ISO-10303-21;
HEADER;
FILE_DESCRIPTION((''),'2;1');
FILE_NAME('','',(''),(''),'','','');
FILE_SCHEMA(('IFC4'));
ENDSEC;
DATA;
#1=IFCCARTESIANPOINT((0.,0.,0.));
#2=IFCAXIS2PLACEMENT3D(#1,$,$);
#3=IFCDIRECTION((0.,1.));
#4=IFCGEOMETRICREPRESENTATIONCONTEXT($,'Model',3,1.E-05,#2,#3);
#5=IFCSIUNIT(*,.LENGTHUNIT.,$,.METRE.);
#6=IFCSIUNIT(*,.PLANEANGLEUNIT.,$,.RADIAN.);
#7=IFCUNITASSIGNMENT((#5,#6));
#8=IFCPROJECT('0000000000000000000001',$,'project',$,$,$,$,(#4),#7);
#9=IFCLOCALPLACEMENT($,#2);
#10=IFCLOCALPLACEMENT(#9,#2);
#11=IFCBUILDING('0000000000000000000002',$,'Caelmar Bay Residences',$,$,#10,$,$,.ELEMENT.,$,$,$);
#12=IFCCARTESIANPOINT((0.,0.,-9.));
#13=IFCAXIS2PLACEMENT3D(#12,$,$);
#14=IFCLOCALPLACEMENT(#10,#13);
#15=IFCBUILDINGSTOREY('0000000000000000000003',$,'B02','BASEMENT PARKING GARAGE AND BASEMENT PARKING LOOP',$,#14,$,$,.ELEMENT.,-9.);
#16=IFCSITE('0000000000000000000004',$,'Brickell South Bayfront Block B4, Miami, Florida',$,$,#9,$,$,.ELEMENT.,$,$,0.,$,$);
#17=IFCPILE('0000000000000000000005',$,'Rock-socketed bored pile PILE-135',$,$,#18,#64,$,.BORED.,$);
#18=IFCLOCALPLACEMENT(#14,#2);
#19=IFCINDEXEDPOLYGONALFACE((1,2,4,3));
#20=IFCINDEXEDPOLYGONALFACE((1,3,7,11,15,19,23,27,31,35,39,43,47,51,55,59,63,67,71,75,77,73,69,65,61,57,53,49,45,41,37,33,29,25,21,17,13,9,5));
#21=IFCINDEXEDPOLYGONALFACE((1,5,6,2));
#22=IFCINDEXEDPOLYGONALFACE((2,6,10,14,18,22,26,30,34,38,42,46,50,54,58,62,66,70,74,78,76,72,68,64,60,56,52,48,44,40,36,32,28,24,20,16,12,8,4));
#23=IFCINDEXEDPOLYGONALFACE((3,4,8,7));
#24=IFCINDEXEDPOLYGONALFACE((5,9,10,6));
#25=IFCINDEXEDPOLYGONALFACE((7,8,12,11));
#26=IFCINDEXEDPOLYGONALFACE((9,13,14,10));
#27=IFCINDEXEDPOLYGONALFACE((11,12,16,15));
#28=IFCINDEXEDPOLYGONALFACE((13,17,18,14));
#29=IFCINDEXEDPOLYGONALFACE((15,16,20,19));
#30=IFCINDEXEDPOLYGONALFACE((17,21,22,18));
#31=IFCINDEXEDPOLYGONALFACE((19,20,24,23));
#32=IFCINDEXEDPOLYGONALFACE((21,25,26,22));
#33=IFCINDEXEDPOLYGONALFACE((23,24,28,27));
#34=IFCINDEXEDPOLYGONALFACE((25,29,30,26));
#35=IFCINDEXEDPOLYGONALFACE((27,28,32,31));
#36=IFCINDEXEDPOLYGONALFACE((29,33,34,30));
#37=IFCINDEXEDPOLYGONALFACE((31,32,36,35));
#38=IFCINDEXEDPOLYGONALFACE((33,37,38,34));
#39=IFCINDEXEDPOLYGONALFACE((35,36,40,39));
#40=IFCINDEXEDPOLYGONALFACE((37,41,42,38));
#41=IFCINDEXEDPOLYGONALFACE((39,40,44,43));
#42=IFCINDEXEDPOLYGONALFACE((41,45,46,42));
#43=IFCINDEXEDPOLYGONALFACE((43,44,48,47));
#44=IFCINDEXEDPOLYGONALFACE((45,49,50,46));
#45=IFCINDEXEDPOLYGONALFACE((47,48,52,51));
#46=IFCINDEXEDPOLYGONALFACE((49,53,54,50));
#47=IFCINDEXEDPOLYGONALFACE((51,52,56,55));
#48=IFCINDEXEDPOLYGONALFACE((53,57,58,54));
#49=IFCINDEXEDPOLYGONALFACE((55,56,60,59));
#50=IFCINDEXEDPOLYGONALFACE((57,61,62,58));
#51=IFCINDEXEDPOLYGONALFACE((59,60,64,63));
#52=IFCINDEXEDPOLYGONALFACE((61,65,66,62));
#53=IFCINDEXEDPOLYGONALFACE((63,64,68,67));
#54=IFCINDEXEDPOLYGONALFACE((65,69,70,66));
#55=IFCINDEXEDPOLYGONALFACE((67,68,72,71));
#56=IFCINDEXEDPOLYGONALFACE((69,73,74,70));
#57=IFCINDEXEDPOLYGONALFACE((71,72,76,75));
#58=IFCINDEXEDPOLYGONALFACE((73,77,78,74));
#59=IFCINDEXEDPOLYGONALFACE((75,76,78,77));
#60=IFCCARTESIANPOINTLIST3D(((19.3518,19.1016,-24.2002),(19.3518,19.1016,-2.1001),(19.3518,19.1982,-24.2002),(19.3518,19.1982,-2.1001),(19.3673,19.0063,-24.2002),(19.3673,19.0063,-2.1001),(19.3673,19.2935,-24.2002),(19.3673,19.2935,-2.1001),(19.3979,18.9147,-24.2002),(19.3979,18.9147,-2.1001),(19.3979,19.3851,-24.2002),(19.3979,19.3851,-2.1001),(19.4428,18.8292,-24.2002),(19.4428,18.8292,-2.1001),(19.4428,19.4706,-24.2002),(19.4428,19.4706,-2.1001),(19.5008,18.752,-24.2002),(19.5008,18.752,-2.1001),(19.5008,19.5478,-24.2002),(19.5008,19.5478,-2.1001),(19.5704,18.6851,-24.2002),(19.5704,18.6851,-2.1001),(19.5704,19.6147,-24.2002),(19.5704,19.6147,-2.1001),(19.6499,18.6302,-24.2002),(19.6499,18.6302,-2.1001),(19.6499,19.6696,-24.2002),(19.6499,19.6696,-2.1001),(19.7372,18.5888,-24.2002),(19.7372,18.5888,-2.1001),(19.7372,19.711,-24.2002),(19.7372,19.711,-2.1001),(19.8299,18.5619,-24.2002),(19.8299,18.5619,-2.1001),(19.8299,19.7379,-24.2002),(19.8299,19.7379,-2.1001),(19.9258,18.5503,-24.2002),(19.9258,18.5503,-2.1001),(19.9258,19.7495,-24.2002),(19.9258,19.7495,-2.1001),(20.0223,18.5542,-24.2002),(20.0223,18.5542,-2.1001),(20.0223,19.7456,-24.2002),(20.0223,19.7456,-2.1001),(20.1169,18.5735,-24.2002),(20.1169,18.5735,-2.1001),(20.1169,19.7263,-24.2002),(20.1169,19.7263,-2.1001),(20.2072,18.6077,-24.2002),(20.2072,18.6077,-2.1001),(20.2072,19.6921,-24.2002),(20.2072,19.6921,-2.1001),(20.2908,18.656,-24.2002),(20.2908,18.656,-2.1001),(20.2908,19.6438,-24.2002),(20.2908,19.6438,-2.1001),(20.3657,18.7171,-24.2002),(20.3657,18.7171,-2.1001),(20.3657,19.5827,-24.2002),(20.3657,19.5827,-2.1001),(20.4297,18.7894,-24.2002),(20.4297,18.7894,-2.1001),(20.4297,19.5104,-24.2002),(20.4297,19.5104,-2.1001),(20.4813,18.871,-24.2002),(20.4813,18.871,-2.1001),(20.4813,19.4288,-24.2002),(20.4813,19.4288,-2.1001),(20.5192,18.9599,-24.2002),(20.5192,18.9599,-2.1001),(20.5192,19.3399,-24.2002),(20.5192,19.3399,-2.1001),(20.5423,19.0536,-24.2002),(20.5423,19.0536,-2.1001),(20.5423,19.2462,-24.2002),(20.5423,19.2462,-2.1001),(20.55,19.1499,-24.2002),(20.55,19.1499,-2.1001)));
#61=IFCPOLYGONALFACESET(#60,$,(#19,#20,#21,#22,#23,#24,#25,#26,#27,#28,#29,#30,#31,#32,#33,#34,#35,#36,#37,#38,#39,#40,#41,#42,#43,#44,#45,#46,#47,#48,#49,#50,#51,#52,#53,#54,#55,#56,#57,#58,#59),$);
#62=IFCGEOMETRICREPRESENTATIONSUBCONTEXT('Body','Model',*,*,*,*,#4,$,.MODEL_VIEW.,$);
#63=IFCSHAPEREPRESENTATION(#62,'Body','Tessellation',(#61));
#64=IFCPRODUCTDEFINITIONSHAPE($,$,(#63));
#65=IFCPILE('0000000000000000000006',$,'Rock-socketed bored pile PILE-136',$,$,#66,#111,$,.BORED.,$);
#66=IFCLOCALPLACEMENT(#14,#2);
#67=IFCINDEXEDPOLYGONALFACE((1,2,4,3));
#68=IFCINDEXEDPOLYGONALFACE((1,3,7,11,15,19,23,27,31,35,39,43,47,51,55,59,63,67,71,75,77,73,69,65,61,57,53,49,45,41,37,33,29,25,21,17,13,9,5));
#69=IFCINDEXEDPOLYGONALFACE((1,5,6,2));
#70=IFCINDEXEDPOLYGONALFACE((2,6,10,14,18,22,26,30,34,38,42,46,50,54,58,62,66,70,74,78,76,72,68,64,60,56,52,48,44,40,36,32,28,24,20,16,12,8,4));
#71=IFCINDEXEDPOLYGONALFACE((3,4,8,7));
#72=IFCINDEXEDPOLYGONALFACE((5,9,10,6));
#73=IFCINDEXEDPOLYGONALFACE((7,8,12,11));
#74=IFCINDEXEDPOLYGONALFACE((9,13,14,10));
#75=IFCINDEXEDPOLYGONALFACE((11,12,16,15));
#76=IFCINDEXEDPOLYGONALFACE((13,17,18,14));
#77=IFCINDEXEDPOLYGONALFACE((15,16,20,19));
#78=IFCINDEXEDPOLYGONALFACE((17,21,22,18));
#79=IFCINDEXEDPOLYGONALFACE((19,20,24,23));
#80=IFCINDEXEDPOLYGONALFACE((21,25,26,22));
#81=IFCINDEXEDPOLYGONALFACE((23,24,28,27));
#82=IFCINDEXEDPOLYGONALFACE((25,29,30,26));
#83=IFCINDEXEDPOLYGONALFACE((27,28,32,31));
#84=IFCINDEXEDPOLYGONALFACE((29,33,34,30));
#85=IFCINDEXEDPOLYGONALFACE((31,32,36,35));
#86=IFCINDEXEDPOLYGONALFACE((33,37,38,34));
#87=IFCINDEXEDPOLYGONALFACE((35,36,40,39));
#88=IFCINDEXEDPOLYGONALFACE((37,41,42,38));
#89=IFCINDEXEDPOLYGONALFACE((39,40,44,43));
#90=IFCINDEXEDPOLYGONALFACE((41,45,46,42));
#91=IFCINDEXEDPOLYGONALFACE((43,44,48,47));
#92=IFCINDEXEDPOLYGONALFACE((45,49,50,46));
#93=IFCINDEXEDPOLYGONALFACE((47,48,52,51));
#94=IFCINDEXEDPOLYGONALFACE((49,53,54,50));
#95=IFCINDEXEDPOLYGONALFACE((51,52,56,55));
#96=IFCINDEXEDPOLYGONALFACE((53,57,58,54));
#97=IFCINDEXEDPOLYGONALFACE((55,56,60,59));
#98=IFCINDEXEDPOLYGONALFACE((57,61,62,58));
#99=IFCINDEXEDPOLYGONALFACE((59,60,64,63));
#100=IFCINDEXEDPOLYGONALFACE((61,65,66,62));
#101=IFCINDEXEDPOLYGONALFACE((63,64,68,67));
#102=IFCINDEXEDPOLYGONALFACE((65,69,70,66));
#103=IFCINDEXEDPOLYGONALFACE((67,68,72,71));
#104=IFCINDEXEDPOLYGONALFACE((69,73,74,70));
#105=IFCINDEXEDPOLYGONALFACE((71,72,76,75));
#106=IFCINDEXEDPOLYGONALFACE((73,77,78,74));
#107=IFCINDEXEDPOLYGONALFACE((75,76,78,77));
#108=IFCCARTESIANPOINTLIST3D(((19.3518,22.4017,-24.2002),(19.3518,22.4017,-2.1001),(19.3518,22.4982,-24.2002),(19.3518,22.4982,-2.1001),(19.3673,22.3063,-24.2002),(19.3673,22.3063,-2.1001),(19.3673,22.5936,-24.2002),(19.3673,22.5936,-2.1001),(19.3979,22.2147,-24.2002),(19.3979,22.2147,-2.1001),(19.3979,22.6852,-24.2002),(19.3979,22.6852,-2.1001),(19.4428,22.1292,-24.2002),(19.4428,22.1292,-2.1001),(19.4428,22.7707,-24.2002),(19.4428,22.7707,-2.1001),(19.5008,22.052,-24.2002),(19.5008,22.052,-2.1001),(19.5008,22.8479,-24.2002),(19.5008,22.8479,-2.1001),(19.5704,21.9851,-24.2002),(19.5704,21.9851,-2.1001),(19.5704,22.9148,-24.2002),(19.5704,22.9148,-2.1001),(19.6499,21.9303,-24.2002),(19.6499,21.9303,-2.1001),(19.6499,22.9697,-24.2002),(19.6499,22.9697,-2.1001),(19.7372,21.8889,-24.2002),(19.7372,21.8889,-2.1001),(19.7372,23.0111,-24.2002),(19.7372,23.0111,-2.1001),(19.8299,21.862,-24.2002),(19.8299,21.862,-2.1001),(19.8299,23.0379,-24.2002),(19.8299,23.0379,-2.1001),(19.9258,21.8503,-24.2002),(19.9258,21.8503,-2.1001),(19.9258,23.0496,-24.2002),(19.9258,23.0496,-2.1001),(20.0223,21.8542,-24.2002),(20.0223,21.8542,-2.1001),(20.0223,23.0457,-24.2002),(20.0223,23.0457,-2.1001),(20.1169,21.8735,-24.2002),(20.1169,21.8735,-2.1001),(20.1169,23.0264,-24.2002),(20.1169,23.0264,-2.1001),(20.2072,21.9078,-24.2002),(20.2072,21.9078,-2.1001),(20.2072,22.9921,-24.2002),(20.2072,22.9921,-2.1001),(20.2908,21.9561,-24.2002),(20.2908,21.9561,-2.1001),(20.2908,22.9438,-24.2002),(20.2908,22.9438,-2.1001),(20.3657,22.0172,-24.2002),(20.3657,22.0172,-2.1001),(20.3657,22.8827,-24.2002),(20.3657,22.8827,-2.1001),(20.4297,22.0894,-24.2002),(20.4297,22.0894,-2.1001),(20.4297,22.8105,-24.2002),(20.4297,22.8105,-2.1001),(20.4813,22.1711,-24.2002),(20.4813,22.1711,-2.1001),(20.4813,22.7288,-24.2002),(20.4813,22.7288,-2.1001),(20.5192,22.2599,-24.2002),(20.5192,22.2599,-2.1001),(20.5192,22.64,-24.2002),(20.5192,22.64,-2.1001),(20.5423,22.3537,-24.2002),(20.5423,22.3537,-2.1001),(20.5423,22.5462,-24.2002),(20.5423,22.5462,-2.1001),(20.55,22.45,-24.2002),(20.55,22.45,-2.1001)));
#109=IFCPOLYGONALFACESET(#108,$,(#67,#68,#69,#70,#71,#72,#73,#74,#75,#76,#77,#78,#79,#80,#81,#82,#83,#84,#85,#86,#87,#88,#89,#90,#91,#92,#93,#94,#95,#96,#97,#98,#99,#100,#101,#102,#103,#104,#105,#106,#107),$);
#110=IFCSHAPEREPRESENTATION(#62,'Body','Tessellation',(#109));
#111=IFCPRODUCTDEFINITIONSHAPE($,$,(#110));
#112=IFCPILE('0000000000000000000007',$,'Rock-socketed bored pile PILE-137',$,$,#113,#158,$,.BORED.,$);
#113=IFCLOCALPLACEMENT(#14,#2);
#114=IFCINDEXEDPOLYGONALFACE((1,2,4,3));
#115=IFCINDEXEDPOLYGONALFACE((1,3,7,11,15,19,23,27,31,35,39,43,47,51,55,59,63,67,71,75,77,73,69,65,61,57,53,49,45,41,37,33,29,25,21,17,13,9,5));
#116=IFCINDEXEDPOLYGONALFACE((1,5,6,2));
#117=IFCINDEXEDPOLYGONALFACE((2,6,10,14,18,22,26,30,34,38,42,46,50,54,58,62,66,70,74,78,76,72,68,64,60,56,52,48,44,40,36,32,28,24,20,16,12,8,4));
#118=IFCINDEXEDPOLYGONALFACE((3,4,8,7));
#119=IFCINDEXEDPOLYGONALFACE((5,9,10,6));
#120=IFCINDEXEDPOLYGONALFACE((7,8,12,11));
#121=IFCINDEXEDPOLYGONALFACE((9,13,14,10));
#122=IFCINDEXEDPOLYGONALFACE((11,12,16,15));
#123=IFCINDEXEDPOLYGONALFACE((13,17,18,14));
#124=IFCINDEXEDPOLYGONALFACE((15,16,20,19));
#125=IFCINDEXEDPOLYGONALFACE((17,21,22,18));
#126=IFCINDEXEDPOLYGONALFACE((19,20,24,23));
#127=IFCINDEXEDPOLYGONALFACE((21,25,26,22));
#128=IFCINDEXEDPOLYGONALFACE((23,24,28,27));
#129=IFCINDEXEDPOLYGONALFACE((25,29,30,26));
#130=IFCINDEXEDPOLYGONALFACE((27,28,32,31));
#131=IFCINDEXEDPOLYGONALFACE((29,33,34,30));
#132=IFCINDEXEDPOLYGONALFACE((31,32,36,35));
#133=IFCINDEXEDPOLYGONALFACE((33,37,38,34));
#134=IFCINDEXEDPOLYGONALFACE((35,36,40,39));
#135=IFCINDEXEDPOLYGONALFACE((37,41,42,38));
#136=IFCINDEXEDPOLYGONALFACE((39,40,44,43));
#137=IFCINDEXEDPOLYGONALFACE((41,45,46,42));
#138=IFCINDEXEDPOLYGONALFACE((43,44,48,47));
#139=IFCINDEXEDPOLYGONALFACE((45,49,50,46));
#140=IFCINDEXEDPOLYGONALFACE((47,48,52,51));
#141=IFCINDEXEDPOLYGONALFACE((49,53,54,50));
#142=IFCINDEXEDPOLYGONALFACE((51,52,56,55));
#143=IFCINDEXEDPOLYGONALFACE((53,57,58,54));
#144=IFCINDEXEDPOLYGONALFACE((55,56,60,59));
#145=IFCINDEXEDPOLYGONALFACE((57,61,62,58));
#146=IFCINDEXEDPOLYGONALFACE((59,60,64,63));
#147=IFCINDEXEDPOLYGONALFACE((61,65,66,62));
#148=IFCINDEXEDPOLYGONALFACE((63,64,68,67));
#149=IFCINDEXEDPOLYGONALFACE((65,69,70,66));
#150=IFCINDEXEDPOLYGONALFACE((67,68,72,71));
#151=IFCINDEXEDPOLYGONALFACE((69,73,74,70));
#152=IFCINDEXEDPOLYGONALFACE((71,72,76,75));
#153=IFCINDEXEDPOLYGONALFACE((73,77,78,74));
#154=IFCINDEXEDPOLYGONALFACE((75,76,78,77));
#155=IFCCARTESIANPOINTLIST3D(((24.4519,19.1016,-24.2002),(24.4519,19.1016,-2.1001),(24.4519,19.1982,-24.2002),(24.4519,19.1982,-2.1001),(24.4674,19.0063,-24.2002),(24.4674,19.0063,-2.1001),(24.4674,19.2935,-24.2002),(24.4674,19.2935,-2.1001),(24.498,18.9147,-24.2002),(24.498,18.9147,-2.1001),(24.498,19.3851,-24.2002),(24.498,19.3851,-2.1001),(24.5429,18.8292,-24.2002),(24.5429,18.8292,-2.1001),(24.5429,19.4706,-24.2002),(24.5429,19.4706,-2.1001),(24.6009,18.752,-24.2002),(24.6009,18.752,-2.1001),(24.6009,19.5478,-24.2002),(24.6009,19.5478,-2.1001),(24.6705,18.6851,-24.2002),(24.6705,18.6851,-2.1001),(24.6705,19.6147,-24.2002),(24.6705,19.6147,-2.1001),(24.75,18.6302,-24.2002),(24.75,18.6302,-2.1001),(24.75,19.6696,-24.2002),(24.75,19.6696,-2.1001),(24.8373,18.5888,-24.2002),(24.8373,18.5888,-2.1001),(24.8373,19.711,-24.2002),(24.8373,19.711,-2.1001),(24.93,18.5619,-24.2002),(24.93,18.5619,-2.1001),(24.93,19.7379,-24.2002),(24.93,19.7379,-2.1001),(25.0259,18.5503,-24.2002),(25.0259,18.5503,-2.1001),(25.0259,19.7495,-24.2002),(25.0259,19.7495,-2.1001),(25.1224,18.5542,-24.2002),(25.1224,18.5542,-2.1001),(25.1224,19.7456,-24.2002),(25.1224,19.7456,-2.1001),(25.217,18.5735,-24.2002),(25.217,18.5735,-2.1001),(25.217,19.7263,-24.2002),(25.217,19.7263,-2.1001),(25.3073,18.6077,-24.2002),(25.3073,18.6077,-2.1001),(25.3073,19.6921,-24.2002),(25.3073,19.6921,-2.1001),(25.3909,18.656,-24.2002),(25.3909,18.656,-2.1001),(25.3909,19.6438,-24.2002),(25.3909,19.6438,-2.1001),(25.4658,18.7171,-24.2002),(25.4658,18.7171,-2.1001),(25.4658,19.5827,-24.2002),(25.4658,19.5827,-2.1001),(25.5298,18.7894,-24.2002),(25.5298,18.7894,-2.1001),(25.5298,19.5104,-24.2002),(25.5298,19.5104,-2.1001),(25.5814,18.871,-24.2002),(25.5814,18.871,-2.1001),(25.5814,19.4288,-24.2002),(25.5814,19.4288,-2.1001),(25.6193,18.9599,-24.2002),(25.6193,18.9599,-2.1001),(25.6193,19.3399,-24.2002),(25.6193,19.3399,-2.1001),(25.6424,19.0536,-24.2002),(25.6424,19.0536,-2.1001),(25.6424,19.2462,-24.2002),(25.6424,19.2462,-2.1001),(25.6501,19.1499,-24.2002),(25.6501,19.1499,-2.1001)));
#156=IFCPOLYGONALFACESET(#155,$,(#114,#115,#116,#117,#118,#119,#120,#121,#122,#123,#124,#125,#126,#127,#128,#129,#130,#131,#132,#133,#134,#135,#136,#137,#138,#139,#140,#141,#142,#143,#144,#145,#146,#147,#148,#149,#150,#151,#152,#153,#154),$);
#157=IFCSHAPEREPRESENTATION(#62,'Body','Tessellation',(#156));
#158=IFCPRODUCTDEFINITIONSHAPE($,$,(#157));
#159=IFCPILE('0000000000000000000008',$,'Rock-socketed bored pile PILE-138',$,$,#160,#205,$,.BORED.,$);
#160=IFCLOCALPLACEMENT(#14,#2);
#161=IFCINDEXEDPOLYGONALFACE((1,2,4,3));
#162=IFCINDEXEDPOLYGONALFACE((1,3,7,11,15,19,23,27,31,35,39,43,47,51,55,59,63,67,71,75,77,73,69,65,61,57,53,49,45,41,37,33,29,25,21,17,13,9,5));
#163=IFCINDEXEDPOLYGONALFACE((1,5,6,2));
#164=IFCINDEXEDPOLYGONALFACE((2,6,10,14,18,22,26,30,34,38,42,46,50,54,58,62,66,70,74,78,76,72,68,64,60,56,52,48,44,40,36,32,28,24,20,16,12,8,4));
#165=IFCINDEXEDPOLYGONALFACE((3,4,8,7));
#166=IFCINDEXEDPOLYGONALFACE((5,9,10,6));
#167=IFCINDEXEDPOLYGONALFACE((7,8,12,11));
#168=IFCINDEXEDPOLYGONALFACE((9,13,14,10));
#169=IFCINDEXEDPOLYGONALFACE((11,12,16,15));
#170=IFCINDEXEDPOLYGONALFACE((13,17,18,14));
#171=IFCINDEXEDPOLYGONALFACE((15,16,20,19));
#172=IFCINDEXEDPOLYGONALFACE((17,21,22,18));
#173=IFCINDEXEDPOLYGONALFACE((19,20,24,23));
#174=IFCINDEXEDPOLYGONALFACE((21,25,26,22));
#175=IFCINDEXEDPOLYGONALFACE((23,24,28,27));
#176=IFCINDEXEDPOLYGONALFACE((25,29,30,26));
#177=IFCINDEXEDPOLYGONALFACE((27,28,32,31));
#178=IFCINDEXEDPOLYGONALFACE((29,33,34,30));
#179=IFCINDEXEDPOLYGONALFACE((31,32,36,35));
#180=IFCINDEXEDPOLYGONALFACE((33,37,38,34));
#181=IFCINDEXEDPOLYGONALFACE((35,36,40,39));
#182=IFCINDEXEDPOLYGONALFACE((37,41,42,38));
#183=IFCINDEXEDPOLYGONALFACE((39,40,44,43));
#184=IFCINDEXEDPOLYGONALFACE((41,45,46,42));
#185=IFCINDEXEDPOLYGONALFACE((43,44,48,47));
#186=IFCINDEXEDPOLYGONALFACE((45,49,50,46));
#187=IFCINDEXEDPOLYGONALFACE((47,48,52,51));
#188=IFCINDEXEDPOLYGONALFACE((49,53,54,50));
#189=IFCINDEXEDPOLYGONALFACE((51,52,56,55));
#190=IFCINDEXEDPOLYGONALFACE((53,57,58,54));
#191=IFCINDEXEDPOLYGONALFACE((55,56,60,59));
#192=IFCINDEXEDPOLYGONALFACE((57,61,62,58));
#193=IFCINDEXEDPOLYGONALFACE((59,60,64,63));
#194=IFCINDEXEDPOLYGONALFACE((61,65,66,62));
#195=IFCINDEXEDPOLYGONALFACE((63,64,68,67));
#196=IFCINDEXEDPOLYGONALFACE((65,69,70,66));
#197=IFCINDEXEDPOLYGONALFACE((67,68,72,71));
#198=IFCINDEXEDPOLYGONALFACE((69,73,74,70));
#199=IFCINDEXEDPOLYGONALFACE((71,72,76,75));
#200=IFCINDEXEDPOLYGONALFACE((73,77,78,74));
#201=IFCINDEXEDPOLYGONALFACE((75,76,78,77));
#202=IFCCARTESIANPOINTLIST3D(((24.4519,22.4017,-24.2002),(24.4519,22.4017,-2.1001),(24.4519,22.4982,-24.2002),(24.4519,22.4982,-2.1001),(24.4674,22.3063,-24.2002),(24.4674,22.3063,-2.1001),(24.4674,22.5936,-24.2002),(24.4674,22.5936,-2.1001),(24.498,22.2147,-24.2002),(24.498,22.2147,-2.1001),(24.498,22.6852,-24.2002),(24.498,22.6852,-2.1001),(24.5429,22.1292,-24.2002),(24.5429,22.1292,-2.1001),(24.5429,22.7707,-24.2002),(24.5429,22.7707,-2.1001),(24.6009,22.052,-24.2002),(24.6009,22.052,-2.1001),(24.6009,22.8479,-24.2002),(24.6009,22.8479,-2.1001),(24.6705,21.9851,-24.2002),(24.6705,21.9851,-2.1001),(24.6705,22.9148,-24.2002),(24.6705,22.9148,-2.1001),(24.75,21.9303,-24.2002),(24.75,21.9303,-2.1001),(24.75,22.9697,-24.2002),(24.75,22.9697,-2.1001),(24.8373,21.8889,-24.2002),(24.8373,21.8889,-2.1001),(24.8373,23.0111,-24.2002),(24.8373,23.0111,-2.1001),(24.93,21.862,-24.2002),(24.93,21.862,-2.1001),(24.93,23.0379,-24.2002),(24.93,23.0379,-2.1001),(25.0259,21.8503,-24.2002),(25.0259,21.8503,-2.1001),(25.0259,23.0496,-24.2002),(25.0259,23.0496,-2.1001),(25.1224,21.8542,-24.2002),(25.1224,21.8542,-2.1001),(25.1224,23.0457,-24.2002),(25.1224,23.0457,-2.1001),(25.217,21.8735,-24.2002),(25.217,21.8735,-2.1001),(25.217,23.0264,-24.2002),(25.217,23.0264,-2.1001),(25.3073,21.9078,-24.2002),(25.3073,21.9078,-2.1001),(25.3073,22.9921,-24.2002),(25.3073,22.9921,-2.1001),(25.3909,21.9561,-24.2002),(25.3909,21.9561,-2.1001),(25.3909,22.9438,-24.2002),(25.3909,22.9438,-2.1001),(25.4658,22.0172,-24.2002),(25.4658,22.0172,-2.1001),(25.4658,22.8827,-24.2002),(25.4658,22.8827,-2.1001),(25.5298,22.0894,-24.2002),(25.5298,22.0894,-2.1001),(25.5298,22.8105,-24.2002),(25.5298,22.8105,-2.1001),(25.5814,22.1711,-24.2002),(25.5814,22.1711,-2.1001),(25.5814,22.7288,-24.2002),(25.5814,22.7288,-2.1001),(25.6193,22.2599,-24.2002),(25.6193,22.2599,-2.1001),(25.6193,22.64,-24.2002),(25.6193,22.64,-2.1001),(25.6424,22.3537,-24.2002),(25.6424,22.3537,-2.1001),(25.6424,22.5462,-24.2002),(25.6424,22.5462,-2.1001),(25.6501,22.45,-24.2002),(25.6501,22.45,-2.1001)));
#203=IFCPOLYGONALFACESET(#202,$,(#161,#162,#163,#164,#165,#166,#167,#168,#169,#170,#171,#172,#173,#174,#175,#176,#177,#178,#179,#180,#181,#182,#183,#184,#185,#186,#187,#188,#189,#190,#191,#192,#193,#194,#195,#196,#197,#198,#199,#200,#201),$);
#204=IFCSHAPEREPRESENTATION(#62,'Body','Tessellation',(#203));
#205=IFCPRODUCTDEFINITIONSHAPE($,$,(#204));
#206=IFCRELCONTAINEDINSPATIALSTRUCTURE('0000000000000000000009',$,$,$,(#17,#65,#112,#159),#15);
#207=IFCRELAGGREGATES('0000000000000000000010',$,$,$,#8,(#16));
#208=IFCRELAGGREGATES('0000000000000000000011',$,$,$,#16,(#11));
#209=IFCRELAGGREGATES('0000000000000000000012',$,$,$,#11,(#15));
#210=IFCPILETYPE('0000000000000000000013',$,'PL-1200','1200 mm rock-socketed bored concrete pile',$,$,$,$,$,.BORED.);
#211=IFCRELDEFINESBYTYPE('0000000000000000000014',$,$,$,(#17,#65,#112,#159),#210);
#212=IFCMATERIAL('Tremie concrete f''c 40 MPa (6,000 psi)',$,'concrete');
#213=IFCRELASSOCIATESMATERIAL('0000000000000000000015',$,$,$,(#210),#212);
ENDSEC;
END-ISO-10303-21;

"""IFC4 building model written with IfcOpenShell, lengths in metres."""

from ifc_helpers import new_model, si_unit, direction, frame, origin, origin_2d, place, context, subcontext, project, spatial, circle, extrude, material, material_profile, profile_set, type_object, element, save


model = new_model("IFC4")

# Units and contexts
model_context = context("Model", 3, precision=1e-05, world=origin(), true_north=direction((0.0, 1.0)))
body_context = subcontext(model_context, "Body", "Model", "MODEL_VIEW")
ifc_project = project(units=[si_unit("LENGTHUNIT", "METRE"), si_unit("PLANEANGLEUNIT", "RADIAN")], contexts=[model_context])

# Site, building, storey
site_placement = place(None, origin())
site = spatial("IfcSite", under=ifc_project, at=site_placement, Name="Brickell South Bayfront Block B4, Miami, Florida", CompositionType="ELEMENT", RefElevation=0.0)
building_placement = place(site_placement, origin())
building = spatial("IfcBuilding", under=site, at=building_placement, Name="Caelmar Bay Residences", CompositionType="ELEMENT")
storey_placement = place(building_placement, frame((0.0, 0.0, -9.0)))
storey = spatial("IfcBuildingStorey", under=building, at=storey_placement, Name="B02", Description="BASEMENT PARKING GARAGE AND BASEMENT PARKING LOOP", CompositionType="ELEMENT", Elevation=-9.0)

# Piles
ifc_material_1 = material(Name="Tremie concrete f'c 40 MPa (6,000 psi)", Category="concrete")
ifc_material_profile_1 = material_profile(ifc_material_1, circle(Radius=0.6001, at=origin_2d()), Name="PILE-1200D")
ifc_profile_set_1 = profile_set([ifc_material_profile_1], Name="Tremie concrete f'c 40 MPa (6,000 psi)")
pile_type = type_object("IfcPileType", Name="PL-1200", Description="1200 mm rock-socketed bored concrete pile", PredefinedType="BORED", material=ifc_profile_set_1)
for number, where, z_axis, x_axis, name in (
    (1, (19.95, 19.1499, -2.1001), (0.0, 0.0, -1.0), (1.0, 0.0, 0.0), "Rock-socketed bored pile PILE-135"),
    (2, (19.95, 22.45, -2.1001), (0.0, 0.0, -1.0), (1.0, 0.0, 0.0), "Rock-socketed bored pile PILE-136"),
    (3, (25.05, 19.1499, -2.1001), (0.0, 0.0, -1.0), (1.0, 0.0, 0.0), "Rock-socketed bored pile PILE-137"),
    (4, (25.05, 22.45, -2.1001), (0.0, 0.0, -1.0), (1.0, 0.0, 0.0), "Rock-socketed bored pile PILE-138"),
):
    element("IfcPile", number, at=place(storey_placement, frame(where, z_axis=z_axis, x_axis=x_axis)), inside=storey, type_object=pile_type, Name=name, PredefinedType="BORED", context=body_context, shape_type="SweptSolid", body=[
        extrude(circle(Radius=0.6001, at=origin_2d()), origin(), (0.0, 0.0, 1.0), 22.1001),
    ])

save(model, "model.ifc")
